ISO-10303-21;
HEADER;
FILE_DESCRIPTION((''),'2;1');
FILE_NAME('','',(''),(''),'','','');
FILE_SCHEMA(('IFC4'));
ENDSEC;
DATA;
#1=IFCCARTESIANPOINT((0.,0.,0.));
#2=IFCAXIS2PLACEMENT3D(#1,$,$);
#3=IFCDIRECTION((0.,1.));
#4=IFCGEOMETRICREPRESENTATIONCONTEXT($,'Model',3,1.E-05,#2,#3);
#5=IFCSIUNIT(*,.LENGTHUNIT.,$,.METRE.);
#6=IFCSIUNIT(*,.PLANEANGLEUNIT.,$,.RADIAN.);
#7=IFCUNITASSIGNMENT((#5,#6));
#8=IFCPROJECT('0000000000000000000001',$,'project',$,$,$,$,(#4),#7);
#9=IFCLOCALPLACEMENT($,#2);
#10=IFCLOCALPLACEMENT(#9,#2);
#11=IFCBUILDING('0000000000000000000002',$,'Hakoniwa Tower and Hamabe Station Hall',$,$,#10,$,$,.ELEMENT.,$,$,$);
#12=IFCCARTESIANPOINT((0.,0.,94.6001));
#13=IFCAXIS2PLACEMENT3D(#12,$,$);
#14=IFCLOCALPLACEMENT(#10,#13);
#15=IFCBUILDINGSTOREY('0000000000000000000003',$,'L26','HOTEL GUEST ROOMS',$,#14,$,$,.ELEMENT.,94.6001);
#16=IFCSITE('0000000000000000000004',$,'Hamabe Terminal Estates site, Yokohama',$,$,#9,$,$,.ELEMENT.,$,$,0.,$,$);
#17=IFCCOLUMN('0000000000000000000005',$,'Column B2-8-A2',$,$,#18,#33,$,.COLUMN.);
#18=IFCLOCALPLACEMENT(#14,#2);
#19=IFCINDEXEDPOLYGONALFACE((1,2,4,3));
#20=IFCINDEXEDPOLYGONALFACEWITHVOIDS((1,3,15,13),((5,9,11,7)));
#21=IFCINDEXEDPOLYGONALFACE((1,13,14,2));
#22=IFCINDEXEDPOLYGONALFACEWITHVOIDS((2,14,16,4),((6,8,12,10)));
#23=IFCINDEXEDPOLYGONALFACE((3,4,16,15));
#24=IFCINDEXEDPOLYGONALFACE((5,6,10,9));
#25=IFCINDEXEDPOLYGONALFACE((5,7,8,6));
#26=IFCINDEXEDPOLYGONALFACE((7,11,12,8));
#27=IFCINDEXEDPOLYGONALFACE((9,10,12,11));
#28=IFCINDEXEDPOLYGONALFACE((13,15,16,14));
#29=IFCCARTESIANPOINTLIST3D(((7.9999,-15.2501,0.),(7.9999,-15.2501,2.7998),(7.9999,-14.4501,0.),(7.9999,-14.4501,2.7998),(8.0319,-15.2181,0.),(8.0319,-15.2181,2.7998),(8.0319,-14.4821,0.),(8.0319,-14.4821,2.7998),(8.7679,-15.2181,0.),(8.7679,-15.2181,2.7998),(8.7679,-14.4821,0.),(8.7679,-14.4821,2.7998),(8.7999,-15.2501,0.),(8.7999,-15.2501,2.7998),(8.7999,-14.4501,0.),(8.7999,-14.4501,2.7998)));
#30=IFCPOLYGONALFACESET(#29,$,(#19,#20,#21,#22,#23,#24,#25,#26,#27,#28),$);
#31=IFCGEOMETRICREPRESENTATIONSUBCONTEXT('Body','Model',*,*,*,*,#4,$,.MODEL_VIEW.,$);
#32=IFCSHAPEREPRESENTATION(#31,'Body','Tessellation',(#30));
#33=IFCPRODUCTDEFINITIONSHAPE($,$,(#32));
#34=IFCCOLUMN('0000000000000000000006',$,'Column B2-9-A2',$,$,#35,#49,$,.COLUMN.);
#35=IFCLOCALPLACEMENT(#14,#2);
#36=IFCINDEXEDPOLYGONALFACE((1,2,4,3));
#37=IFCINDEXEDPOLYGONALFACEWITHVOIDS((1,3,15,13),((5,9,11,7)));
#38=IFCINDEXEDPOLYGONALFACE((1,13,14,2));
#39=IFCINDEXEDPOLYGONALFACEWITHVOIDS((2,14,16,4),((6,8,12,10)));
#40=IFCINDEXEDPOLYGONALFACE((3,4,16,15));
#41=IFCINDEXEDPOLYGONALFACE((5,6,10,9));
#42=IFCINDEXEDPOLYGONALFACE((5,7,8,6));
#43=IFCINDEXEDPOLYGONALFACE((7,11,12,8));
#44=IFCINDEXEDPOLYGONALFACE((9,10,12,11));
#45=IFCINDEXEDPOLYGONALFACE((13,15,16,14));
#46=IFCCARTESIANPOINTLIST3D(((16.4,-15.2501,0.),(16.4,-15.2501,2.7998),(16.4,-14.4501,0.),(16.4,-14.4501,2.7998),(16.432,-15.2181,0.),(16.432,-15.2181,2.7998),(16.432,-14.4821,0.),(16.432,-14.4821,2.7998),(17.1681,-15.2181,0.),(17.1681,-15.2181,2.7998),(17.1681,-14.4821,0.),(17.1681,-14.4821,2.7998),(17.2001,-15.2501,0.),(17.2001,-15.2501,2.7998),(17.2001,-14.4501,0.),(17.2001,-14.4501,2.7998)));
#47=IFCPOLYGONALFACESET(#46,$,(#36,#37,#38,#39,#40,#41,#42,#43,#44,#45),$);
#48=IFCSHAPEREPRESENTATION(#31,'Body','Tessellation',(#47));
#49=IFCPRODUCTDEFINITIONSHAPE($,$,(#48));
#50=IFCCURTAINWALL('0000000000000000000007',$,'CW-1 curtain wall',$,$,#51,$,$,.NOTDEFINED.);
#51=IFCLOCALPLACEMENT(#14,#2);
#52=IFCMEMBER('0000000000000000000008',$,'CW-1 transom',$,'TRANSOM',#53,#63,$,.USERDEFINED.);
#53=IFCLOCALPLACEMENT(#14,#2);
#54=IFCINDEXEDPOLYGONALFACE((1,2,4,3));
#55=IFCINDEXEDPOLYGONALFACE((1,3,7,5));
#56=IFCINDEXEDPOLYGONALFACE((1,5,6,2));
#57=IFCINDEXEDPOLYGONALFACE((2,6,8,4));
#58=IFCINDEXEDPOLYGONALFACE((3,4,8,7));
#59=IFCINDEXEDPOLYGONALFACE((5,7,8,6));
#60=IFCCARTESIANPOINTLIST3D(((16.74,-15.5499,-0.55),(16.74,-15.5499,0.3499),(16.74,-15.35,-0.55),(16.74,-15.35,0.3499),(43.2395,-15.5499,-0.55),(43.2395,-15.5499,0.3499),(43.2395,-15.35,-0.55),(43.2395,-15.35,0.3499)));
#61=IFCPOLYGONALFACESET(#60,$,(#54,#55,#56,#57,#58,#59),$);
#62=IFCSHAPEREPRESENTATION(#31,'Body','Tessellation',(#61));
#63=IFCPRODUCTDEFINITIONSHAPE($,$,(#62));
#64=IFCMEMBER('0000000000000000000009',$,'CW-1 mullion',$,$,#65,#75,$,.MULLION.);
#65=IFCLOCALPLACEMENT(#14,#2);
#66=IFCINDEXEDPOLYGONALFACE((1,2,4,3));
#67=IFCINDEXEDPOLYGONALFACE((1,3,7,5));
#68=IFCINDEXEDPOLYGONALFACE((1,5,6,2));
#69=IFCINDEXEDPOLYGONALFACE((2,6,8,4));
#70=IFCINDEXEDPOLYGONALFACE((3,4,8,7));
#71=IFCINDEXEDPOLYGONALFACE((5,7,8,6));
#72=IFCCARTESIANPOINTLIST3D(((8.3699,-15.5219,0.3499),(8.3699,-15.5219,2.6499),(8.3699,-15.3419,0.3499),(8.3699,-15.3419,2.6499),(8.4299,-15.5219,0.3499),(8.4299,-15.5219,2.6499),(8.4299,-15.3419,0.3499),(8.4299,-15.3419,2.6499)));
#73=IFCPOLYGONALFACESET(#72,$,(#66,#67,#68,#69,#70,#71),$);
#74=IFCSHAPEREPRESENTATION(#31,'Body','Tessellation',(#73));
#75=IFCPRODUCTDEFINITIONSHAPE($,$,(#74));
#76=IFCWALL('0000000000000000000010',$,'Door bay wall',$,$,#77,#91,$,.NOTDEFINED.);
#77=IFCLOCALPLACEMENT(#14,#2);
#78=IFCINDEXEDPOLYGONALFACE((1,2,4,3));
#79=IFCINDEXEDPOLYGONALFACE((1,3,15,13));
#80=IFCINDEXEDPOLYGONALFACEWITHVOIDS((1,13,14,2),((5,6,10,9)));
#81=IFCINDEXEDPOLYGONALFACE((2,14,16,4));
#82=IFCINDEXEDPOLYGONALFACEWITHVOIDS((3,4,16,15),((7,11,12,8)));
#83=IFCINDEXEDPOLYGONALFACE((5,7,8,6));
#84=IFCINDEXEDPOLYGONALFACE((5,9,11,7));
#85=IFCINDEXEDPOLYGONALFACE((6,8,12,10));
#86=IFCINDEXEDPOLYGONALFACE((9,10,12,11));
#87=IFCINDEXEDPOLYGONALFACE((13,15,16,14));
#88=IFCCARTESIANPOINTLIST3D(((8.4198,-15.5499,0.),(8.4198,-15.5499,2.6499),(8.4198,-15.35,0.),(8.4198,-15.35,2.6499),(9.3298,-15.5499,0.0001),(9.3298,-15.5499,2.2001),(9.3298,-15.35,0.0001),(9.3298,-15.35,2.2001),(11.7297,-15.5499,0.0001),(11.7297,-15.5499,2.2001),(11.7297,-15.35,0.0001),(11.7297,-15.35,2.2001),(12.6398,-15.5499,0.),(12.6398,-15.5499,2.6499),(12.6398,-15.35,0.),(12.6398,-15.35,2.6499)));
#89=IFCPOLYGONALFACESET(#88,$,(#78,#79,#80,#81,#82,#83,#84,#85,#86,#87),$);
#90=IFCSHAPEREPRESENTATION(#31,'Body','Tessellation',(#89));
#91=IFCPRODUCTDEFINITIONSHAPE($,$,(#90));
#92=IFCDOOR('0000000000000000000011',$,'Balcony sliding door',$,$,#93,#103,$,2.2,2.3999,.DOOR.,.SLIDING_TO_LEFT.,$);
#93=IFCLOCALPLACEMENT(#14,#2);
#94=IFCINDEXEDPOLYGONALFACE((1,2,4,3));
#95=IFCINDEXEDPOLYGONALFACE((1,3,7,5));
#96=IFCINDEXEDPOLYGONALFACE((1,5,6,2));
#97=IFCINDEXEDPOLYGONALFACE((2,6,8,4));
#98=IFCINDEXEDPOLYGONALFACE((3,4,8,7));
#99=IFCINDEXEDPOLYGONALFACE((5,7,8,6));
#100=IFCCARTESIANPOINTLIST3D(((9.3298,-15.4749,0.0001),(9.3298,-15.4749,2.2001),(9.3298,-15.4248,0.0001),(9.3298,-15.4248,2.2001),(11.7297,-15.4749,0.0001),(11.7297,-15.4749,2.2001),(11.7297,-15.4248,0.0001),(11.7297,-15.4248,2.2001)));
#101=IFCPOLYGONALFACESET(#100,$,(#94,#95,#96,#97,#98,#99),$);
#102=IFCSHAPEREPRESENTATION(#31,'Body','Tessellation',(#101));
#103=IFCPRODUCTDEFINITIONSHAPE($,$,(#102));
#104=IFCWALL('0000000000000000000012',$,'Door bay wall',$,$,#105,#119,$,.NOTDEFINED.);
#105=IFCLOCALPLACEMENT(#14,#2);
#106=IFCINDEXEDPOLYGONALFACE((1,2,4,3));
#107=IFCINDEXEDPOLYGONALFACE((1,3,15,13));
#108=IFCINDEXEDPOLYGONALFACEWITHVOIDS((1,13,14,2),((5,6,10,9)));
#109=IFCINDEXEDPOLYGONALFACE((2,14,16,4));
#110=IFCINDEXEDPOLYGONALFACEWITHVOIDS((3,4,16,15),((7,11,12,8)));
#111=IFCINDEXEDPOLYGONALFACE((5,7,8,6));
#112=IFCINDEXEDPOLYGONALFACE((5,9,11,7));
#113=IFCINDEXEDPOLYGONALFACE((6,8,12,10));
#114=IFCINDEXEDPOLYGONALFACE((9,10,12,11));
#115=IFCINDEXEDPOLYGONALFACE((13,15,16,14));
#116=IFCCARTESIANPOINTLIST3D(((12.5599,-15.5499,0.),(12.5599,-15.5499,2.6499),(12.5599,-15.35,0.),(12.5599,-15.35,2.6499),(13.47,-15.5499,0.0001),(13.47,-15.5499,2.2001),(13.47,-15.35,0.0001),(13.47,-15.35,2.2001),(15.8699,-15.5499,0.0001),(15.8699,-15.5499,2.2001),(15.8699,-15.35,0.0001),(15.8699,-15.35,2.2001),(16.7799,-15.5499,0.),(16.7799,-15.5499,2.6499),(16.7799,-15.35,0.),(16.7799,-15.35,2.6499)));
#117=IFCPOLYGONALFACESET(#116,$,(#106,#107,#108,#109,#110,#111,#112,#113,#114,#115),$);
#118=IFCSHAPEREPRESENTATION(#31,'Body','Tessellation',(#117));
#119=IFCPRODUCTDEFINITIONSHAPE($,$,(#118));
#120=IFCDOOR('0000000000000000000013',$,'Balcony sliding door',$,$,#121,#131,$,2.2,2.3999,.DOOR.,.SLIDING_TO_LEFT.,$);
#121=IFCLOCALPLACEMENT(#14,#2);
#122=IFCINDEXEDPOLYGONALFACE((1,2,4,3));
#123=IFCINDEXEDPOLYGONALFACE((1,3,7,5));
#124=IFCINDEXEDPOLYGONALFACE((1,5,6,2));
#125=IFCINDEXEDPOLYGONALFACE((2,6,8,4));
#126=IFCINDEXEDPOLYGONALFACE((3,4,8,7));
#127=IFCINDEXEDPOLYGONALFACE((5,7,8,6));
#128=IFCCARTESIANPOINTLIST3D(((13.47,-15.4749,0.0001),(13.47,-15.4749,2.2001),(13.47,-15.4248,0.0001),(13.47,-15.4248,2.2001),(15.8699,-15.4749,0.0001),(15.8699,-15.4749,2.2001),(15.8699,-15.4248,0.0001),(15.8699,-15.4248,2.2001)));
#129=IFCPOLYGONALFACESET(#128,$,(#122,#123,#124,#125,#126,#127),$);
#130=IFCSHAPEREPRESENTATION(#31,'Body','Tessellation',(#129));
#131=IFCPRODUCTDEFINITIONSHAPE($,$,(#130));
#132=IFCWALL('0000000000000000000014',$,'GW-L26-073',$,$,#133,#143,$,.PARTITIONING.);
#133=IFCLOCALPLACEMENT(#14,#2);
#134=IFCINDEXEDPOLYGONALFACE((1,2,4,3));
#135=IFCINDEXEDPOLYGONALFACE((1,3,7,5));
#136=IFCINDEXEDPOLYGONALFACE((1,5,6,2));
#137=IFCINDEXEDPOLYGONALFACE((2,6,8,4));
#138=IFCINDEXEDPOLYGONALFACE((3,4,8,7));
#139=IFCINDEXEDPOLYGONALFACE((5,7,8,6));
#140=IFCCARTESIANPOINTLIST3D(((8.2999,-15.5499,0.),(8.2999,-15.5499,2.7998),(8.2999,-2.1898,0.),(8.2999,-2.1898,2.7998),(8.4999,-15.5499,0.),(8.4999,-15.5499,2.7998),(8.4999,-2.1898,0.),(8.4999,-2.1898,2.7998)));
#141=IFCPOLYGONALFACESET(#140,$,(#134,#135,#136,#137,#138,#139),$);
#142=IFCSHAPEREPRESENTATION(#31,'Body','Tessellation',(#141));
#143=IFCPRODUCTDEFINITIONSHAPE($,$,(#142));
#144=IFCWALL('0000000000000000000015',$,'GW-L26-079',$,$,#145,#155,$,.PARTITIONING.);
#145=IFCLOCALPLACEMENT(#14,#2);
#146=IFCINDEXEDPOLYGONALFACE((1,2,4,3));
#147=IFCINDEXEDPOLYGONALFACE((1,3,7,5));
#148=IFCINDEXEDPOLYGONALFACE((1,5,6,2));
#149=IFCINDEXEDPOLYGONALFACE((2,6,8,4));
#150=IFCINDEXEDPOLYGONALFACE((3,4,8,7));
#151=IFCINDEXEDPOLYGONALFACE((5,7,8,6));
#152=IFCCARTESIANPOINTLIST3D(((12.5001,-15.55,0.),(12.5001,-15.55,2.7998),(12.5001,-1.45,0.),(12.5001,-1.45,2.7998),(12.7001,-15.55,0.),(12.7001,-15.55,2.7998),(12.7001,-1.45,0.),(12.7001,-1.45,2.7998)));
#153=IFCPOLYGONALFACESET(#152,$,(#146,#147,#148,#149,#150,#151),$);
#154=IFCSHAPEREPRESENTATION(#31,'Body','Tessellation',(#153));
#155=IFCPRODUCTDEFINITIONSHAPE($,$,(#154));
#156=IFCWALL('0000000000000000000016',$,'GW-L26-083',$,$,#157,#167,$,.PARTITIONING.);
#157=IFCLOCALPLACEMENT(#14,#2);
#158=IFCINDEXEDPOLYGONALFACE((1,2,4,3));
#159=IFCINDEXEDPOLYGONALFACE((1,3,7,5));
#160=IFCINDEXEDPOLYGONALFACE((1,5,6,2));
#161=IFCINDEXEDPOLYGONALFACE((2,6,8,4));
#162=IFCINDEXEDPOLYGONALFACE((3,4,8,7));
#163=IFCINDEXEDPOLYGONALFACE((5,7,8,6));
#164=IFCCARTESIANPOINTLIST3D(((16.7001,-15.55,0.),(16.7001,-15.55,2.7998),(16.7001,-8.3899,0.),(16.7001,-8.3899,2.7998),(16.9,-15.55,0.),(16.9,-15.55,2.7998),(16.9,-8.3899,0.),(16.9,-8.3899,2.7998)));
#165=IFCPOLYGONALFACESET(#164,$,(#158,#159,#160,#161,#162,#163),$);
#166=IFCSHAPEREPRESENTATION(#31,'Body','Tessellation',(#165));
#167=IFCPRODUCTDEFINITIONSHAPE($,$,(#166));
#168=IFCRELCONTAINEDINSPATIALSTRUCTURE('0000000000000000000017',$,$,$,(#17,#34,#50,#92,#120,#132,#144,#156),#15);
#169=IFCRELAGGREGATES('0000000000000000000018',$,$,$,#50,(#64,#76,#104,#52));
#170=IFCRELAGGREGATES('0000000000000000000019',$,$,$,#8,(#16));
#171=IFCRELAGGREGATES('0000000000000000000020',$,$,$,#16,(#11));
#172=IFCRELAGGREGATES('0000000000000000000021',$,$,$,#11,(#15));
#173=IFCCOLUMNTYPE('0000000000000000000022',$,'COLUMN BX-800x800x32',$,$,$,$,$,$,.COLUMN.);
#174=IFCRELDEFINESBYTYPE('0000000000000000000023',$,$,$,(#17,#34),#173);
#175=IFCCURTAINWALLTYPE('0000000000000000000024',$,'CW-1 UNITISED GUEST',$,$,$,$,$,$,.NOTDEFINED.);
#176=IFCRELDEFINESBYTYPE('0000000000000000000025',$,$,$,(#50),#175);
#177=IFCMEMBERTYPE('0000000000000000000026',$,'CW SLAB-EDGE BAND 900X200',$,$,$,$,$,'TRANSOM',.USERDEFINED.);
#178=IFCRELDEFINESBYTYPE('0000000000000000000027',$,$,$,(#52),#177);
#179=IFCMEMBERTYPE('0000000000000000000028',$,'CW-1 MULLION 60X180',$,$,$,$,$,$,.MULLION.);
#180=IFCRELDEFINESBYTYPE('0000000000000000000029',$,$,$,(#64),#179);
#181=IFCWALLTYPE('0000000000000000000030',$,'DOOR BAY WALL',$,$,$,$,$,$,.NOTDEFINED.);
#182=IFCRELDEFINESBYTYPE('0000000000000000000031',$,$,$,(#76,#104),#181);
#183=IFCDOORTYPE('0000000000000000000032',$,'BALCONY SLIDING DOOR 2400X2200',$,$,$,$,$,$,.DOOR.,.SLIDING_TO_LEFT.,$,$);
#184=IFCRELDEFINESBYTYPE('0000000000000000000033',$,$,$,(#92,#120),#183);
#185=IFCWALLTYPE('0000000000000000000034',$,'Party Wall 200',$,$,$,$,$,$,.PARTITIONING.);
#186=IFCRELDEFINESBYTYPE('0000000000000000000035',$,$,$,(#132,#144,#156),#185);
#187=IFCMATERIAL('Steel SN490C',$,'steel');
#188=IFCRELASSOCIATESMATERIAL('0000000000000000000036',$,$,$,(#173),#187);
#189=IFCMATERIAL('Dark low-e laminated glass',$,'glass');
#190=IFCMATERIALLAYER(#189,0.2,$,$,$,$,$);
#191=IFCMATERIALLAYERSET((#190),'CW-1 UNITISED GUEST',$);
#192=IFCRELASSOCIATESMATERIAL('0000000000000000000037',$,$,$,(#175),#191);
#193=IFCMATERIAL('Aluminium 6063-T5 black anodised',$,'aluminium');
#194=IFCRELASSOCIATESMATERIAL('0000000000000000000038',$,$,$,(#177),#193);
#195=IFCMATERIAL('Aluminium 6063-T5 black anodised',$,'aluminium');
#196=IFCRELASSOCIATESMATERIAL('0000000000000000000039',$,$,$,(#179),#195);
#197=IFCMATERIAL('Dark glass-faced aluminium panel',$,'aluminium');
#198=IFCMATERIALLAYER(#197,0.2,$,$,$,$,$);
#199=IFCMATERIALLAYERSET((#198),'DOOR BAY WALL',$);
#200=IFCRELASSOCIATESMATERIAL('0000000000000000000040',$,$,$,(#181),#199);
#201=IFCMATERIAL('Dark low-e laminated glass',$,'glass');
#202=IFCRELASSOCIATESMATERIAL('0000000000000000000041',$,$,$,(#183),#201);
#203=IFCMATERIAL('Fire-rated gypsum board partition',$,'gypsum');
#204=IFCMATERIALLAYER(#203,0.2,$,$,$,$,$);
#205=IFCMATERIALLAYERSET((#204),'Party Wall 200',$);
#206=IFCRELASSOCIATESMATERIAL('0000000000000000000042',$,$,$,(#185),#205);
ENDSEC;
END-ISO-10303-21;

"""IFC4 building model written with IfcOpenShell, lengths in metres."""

from ifc_helpers import new_model, si_unit, direction, frame, frame_2d, origin, origin_2d, place, context, subcontext, project, spatial, rectangle, hollow_rectangle, extrude, material, layer, layer_set, material_profile, profile_set, type_object, element, fill, aggregate, save


model = new_model("IFC4")

# Units and contexts
model_context = context("Model", 3, precision=1e-05, world=origin(), true_north=direction((0.0, 1.0)))
body_context = subcontext(model_context, "Body", "Model", "MODEL_VIEW")
ifc_project = project(units=[si_unit("LENGTHUNIT", "METRE"), si_unit("PLANEANGLEUNIT", "RADIAN")], contexts=[model_context])

# Site, building, storey
site_placement = place(None, origin())
site = spatial("IfcSite", under=ifc_project, at=site_placement, Name="Hamabe Terminal Estates site, Yokohama", CompositionType="ELEMENT", RefElevation=0.0)
building_placement = place(site_placement, origin())
building = spatial("IfcBuilding", under=site, at=building_placement, Name="Hakoniwa Tower and Hamabe Station Hall", CompositionType="ELEMENT")
storey_placement = place(building_placement, frame((0.0, 0.0, 94.6001)))
storey = spatial("IfcBuildingStorey", under=building, at=storey_placement, Name="L26", Description="HOTEL GUEST ROOMS", CompositionType="ELEMENT", Elevation=94.6001)

# Columns
ifc_material_1 = material(Name="Steel SN490C", Category="steel")
ifc_material_profile_1 = material_profile(ifc_material_1, hollow_rectangle(XDim=0.8, YDim=0.8, WallThickness=0.032, at=origin_2d()), Name="BX-800x800x32")
ifc_profile_set_1 = profile_set([ifc_material_profile_1], Name="Steel SN490C")
column_type = type_object("IfcColumnType", Name="COLUMN BX-800x800x32", PredefinedType="COLUMN", material=ifc_profile_set_1)
for number, where, z_axis, x_axis, name in (
    (1, (8.3999, -14.8501, 0.0), (0.0, 0.0, 1.0), (1.0, 0.0, 0.0), "Column B2-8-A2"),
    (2, (16.8, -14.8501, 0.0), (0.0, 0.0, 1.0), (1.0, 0.0, 0.0), "Column B2-9-A2"),
):
    element("IfcColumn", number, at=place(storey_placement, frame(where, z_axis=z_axis, x_axis=x_axis)), inside=storey, type_object=column_type, Name=name, PredefinedType="COLUMN", context=body_context, shape_type="SweptSolid", body=[
        extrude(hollow_rectangle(XDim=0.8, YDim=0.8, WallThickness=0.032, at=origin_2d()), origin(), (0.0, 0.0, 1.0), 2.7998),
    ])

# Curtain wall, members, walls, openings, doors
ifc_material_2 = material(Name="Dark low-e laminated glass", Category="glass")
ifc_layer_1 = layer(ifc_material_2, 0.2)
ifc_layer_set_1 = layer_set([ifc_layer_1], Name="CW-1 UNITISED GUEST")
curtain_wall_type = type_object("IfcCurtainWallType", Name="CW-1 UNITISED GUEST", PredefinedType="NOTDEFINED", material=ifc_layer_set_1)
curtain_wall_placement = place(storey_placement, origin())
curtain_wall = element("IfcCurtainWall", 3, at=curtain_wall_placement, inside=storey, type_object=curtain_wall_type, Name="CW-1 curtain wall", PredefinedType="NOTDEFINED")
ifc_material_3 = material(Name="Aluminium 6063-T5 black anodised", Category="aluminium")
ifc_material_profile_2 = material_profile(ifc_material_3, rectangle(XDim=0.2, YDim=0.8999, at=origin_2d()), Name="CW SLAB-EDGE BAND 900X200")
ifc_profile_set_2 = profile_set([ifc_material_profile_2], Name="Aluminium 6063-T5 black anodised")
member_type_1 = type_object("IfcMemberType", Name="CW SLAB-EDGE BAND 900X200", ElementType="TRANSOM", PredefinedType="USERDEFINED", material=ifc_profile_set_2)
member_1_placement = place(storey_placement, frame((16.74, -15.45, -0.1001), z_axis=(1.0, 0.0, 0.0), x_axis=(0.0, 1.0, 0.0)))
member_1 = element("IfcMember", 4, at=member_1_placement, type_object=member_type_1, Name="CW-1 transom", ObjectType="TRANSOM", PredefinedType="USERDEFINED", context=body_context, shape_type="SweptSolid", body=[
    extrude(rectangle(XDim=0.2, YDim=0.8999, at=origin_2d()), origin(), (0.0, 0.0, 1.0), 26.4995),
])
ifc_material_4 = material(Name="Aluminium 6063-T5 black anodised", Category="aluminium")
ifc_material_profile_3 = material_profile(ifc_material_4, rectangle(XDim=0.0601, YDim=0.1799, at=origin_2d()), Name="CW-1 MULLION 60X180")
ifc_profile_set_3 = profile_set([ifc_material_profile_3], Name="Aluminium 6063-T5 black anodised")
member_type_2 = type_object("IfcMemberType", Name="CW-1 MULLION 60X180", PredefinedType="MULLION", material=ifc_profile_set_3)
member_2_placement = place(storey_placement, frame((8.3999, -15.4319, 0.3499), z_axis=(0.0, 0.0, 1.0), x_axis=(1.0, 0.0, 0.0)))
member_2 = element("IfcMember", 5, at=member_2_placement, type_object=member_type_2, Name="CW-1 mullion", PredefinedType="MULLION", context=body_context, shape_type="SweptSolid", body=[
    extrude(rectangle(XDim=0.0601, YDim=0.1799, at=origin_2d()), origin(), (0.0, 0.0, 1.0), 2.3),
])
ifc_material_5 = material(Name="Dark glass-faced aluminium panel", Category="aluminium")
ifc_layer_2 = layer(ifc_material_5, 0.2)
ifc_layer_set_2 = layer_set([ifc_layer_2], Name="DOOR BAY WALL")
wall_type_1 = type_object("IfcWallType", Name="DOOR BAY WALL", PredefinedType="NOTDEFINED", material=ifc_layer_set_2)
wall_1_placement = place(storey_placement, frame((8.4199, -15.45, 0.0), z_axis=(0.0, 0.0, 1.0), x_axis=(1.0, 0.0, 0.0)))
wall_1 = element("IfcWall", 6, at=wall_1_placement, type_object=wall_type_1, Name="Door bay wall", PredefinedType="NOTDEFINED", context=body_context, shape_type="SweptSolid", body=[
    extrude(rectangle(XDim=4.22, YDim=0.2, at=frame_2d((2.1099, 0.0))), origin(), (0.0, 0.0, 1.0), 2.6499),
])
opening_1_placement = place(wall_1_placement, frame((0.9099, 0.0, 0.0)))
opening_1 = element("IfcOpeningElement", 7, at=opening_1_placement, cuts=wall_1, PredefinedType="OPENING", context=body_context, shape_type="SweptSolid", body=[
    extrude(rectangle(XDim=2.3999, YDim=2.2, at=frame_2d((1.2, 1.1001))), frame((0.0, 0.1099, 0.0), z_axis=(0.0, -1.0, 0.0), x_axis=(1.0, 0.0, 0.0)), (0.0, 0.0, 1.0), 0.22),
])
ifc_material_6 = material(Name="Dark low-e laminated glass", Category="glass")
door_type = type_object("IfcDoorType", Name="BALCONY SLIDING DOOR 2400X2200", OperationType="SLIDING_TO_LEFT", PredefinedType="DOOR", material=ifc_material_6)
door_1_placement = place(opening_1_placement, frame((2.3999, 0.0, 0.0), z_axis=(0.0, 0.0, 1.0), x_axis=(-1.0, 0.0, 0.0)))
door_1 = element("IfcDoor", 8, at=door_1_placement, inside=storey, type_object=door_type, Name="Balcony sliding door", OperationType="SLIDING_TO_LEFT", OverallHeight=2.2, OverallWidth=2.3999, PredefinedType="DOOR", context=body_context, shape_type="SweptSolid", body=[
    extrude(rectangle(XDim=2.3999, YDim=2.2, at=frame_2d((1.2, 1.1001))), frame((0.0, 0.0249, 0.0), z_axis=(0.0, -1.0, 0.0), x_axis=(1.0, 0.0, 0.0)), (0.0, 0.0, 1.0), 0.05),
])
fill(opening_1, door_1)
wall_2_placement = place(storey_placement, frame((12.5601, -15.45, 0.0), z_axis=(0.0, 0.0, 1.0), x_axis=(1.0, 0.0, 0.0)))
wall_2 = element("IfcWall", 9, at=wall_2_placement, type_object=wall_type_1, Name="Door bay wall", PredefinedType="NOTDEFINED", context=body_context, shape_type="SweptSolid", body=[
    extrude(rectangle(XDim=4.22, YDim=0.2, at=frame_2d((2.1099, 0.0))), origin(), (0.0, 0.0, 1.0), 2.6499),
])
opening_2_placement = place(wall_2_placement, frame((0.9099, 0.0, 0.0)))
opening_2 = element("IfcOpeningElement", 10, at=opening_2_placement, cuts=wall_2, PredefinedType="OPENING", context=body_context, shape_type="SweptSolid", body=[
    extrude(rectangle(XDim=2.3999, YDim=2.2, at=frame_2d((1.2, 1.1001))), frame((0.0, 0.1099, 0.0), z_axis=(0.0, -1.0, 0.0), x_axis=(1.0, 0.0, 0.0)), (0.0, 0.0, 1.0), 0.22),
])
door_2_placement = place(opening_2_placement, frame((2.3999, 0.0, 0.0), z_axis=(0.0, 0.0, 1.0), x_axis=(-1.0, 0.0, 0.0)))
door_2 = element("IfcDoor", 11, at=door_2_placement, inside=storey, type_object=door_type, Name="Balcony sliding door", OperationType="SLIDING_TO_LEFT", OverallHeight=2.2, OverallWidth=2.3999, PredefinedType="DOOR", context=body_context, shape_type="SweptSolid", body=[
    extrude(rectangle(XDim=2.3999, YDim=2.2, at=frame_2d((1.2, 1.1001))), frame((0.0, 0.0249, 0.0), z_axis=(0.0, -1.0, 0.0), x_axis=(1.0, 0.0, 0.0)), (0.0, 0.0, 1.0), 0.05),
])
fill(opening_2, door_2)
aggregate(curtain_wall, [member_2, wall_1, wall_2, member_1])

# Walls
ifc_material_7 = material(Name="Fire-rated gypsum board partition", Category="gypsum")
ifc_layer_3 = layer(ifc_material_7, 0.2)
ifc_layer_set_3 = layer_set([ifc_layer_3], Name="Party Wall 200")
wall_type_2 = type_object("IfcWallType", Name="Party Wall 200", PredefinedType="PARTITIONING", material=ifc_layer_set_3)
wall_3_placement = place(storey_placement, frame((8.3999, -15.55, 0.0), z_axis=(0.0, 0.0, 1.0), x_axis=(0.0, 1.0, 0.0)))
element("IfcWall", 12, at=wall_3_placement, inside=storey, type_object=wall_type_2, Name="GW-L26-073", PredefinedType="PARTITIONING", context=body_context, shape_type="SweptSolid", body=[
    extrude(rectangle(XDim=13.3601, YDim=0.2, at=frame_2d((6.6802, 0.0))), origin(), (0.0, 0.0, 1.0), 2.7998),
])
wall_4_placement = place(storey_placement, frame((12.6001, -15.55, 0.0), z_axis=(0.0, 0.0, 1.0), x_axis=(0.0, 1.0, 0.0)))
element("IfcWall", 13, at=wall_4_placement, inside=storey, type_object=wall_type_2, Name="GW-L26-079", PredefinedType="PARTITIONING", context=body_context, shape_type="SweptSolid", body=[
    extrude(rectangle(XDim=14.1001, YDim=0.2, at=frame_2d((7.05, 0.0))), origin(), (0.0, 0.0, 1.0), 2.7998),
])
wall_5_placement = place(storey_placement, frame((16.8, -15.55, 0.0), z_axis=(0.0, 0.0, 1.0), x_axis=(0.0, 1.0, 0.0)))
element("IfcWall", 14, at=wall_5_placement, inside=storey, type_object=wall_type_2, Name="GW-L26-083", PredefinedType="PARTITIONING", context=body_context, shape_type="SweptSolid", body=[
    extrude(rectangle(XDim=7.1602, YDim=0.2, at=frame_2d((3.5801, 0.0))), origin(), (0.0, 0.0, 1.0), 2.7998),
])

save(model, "model.ifc")
